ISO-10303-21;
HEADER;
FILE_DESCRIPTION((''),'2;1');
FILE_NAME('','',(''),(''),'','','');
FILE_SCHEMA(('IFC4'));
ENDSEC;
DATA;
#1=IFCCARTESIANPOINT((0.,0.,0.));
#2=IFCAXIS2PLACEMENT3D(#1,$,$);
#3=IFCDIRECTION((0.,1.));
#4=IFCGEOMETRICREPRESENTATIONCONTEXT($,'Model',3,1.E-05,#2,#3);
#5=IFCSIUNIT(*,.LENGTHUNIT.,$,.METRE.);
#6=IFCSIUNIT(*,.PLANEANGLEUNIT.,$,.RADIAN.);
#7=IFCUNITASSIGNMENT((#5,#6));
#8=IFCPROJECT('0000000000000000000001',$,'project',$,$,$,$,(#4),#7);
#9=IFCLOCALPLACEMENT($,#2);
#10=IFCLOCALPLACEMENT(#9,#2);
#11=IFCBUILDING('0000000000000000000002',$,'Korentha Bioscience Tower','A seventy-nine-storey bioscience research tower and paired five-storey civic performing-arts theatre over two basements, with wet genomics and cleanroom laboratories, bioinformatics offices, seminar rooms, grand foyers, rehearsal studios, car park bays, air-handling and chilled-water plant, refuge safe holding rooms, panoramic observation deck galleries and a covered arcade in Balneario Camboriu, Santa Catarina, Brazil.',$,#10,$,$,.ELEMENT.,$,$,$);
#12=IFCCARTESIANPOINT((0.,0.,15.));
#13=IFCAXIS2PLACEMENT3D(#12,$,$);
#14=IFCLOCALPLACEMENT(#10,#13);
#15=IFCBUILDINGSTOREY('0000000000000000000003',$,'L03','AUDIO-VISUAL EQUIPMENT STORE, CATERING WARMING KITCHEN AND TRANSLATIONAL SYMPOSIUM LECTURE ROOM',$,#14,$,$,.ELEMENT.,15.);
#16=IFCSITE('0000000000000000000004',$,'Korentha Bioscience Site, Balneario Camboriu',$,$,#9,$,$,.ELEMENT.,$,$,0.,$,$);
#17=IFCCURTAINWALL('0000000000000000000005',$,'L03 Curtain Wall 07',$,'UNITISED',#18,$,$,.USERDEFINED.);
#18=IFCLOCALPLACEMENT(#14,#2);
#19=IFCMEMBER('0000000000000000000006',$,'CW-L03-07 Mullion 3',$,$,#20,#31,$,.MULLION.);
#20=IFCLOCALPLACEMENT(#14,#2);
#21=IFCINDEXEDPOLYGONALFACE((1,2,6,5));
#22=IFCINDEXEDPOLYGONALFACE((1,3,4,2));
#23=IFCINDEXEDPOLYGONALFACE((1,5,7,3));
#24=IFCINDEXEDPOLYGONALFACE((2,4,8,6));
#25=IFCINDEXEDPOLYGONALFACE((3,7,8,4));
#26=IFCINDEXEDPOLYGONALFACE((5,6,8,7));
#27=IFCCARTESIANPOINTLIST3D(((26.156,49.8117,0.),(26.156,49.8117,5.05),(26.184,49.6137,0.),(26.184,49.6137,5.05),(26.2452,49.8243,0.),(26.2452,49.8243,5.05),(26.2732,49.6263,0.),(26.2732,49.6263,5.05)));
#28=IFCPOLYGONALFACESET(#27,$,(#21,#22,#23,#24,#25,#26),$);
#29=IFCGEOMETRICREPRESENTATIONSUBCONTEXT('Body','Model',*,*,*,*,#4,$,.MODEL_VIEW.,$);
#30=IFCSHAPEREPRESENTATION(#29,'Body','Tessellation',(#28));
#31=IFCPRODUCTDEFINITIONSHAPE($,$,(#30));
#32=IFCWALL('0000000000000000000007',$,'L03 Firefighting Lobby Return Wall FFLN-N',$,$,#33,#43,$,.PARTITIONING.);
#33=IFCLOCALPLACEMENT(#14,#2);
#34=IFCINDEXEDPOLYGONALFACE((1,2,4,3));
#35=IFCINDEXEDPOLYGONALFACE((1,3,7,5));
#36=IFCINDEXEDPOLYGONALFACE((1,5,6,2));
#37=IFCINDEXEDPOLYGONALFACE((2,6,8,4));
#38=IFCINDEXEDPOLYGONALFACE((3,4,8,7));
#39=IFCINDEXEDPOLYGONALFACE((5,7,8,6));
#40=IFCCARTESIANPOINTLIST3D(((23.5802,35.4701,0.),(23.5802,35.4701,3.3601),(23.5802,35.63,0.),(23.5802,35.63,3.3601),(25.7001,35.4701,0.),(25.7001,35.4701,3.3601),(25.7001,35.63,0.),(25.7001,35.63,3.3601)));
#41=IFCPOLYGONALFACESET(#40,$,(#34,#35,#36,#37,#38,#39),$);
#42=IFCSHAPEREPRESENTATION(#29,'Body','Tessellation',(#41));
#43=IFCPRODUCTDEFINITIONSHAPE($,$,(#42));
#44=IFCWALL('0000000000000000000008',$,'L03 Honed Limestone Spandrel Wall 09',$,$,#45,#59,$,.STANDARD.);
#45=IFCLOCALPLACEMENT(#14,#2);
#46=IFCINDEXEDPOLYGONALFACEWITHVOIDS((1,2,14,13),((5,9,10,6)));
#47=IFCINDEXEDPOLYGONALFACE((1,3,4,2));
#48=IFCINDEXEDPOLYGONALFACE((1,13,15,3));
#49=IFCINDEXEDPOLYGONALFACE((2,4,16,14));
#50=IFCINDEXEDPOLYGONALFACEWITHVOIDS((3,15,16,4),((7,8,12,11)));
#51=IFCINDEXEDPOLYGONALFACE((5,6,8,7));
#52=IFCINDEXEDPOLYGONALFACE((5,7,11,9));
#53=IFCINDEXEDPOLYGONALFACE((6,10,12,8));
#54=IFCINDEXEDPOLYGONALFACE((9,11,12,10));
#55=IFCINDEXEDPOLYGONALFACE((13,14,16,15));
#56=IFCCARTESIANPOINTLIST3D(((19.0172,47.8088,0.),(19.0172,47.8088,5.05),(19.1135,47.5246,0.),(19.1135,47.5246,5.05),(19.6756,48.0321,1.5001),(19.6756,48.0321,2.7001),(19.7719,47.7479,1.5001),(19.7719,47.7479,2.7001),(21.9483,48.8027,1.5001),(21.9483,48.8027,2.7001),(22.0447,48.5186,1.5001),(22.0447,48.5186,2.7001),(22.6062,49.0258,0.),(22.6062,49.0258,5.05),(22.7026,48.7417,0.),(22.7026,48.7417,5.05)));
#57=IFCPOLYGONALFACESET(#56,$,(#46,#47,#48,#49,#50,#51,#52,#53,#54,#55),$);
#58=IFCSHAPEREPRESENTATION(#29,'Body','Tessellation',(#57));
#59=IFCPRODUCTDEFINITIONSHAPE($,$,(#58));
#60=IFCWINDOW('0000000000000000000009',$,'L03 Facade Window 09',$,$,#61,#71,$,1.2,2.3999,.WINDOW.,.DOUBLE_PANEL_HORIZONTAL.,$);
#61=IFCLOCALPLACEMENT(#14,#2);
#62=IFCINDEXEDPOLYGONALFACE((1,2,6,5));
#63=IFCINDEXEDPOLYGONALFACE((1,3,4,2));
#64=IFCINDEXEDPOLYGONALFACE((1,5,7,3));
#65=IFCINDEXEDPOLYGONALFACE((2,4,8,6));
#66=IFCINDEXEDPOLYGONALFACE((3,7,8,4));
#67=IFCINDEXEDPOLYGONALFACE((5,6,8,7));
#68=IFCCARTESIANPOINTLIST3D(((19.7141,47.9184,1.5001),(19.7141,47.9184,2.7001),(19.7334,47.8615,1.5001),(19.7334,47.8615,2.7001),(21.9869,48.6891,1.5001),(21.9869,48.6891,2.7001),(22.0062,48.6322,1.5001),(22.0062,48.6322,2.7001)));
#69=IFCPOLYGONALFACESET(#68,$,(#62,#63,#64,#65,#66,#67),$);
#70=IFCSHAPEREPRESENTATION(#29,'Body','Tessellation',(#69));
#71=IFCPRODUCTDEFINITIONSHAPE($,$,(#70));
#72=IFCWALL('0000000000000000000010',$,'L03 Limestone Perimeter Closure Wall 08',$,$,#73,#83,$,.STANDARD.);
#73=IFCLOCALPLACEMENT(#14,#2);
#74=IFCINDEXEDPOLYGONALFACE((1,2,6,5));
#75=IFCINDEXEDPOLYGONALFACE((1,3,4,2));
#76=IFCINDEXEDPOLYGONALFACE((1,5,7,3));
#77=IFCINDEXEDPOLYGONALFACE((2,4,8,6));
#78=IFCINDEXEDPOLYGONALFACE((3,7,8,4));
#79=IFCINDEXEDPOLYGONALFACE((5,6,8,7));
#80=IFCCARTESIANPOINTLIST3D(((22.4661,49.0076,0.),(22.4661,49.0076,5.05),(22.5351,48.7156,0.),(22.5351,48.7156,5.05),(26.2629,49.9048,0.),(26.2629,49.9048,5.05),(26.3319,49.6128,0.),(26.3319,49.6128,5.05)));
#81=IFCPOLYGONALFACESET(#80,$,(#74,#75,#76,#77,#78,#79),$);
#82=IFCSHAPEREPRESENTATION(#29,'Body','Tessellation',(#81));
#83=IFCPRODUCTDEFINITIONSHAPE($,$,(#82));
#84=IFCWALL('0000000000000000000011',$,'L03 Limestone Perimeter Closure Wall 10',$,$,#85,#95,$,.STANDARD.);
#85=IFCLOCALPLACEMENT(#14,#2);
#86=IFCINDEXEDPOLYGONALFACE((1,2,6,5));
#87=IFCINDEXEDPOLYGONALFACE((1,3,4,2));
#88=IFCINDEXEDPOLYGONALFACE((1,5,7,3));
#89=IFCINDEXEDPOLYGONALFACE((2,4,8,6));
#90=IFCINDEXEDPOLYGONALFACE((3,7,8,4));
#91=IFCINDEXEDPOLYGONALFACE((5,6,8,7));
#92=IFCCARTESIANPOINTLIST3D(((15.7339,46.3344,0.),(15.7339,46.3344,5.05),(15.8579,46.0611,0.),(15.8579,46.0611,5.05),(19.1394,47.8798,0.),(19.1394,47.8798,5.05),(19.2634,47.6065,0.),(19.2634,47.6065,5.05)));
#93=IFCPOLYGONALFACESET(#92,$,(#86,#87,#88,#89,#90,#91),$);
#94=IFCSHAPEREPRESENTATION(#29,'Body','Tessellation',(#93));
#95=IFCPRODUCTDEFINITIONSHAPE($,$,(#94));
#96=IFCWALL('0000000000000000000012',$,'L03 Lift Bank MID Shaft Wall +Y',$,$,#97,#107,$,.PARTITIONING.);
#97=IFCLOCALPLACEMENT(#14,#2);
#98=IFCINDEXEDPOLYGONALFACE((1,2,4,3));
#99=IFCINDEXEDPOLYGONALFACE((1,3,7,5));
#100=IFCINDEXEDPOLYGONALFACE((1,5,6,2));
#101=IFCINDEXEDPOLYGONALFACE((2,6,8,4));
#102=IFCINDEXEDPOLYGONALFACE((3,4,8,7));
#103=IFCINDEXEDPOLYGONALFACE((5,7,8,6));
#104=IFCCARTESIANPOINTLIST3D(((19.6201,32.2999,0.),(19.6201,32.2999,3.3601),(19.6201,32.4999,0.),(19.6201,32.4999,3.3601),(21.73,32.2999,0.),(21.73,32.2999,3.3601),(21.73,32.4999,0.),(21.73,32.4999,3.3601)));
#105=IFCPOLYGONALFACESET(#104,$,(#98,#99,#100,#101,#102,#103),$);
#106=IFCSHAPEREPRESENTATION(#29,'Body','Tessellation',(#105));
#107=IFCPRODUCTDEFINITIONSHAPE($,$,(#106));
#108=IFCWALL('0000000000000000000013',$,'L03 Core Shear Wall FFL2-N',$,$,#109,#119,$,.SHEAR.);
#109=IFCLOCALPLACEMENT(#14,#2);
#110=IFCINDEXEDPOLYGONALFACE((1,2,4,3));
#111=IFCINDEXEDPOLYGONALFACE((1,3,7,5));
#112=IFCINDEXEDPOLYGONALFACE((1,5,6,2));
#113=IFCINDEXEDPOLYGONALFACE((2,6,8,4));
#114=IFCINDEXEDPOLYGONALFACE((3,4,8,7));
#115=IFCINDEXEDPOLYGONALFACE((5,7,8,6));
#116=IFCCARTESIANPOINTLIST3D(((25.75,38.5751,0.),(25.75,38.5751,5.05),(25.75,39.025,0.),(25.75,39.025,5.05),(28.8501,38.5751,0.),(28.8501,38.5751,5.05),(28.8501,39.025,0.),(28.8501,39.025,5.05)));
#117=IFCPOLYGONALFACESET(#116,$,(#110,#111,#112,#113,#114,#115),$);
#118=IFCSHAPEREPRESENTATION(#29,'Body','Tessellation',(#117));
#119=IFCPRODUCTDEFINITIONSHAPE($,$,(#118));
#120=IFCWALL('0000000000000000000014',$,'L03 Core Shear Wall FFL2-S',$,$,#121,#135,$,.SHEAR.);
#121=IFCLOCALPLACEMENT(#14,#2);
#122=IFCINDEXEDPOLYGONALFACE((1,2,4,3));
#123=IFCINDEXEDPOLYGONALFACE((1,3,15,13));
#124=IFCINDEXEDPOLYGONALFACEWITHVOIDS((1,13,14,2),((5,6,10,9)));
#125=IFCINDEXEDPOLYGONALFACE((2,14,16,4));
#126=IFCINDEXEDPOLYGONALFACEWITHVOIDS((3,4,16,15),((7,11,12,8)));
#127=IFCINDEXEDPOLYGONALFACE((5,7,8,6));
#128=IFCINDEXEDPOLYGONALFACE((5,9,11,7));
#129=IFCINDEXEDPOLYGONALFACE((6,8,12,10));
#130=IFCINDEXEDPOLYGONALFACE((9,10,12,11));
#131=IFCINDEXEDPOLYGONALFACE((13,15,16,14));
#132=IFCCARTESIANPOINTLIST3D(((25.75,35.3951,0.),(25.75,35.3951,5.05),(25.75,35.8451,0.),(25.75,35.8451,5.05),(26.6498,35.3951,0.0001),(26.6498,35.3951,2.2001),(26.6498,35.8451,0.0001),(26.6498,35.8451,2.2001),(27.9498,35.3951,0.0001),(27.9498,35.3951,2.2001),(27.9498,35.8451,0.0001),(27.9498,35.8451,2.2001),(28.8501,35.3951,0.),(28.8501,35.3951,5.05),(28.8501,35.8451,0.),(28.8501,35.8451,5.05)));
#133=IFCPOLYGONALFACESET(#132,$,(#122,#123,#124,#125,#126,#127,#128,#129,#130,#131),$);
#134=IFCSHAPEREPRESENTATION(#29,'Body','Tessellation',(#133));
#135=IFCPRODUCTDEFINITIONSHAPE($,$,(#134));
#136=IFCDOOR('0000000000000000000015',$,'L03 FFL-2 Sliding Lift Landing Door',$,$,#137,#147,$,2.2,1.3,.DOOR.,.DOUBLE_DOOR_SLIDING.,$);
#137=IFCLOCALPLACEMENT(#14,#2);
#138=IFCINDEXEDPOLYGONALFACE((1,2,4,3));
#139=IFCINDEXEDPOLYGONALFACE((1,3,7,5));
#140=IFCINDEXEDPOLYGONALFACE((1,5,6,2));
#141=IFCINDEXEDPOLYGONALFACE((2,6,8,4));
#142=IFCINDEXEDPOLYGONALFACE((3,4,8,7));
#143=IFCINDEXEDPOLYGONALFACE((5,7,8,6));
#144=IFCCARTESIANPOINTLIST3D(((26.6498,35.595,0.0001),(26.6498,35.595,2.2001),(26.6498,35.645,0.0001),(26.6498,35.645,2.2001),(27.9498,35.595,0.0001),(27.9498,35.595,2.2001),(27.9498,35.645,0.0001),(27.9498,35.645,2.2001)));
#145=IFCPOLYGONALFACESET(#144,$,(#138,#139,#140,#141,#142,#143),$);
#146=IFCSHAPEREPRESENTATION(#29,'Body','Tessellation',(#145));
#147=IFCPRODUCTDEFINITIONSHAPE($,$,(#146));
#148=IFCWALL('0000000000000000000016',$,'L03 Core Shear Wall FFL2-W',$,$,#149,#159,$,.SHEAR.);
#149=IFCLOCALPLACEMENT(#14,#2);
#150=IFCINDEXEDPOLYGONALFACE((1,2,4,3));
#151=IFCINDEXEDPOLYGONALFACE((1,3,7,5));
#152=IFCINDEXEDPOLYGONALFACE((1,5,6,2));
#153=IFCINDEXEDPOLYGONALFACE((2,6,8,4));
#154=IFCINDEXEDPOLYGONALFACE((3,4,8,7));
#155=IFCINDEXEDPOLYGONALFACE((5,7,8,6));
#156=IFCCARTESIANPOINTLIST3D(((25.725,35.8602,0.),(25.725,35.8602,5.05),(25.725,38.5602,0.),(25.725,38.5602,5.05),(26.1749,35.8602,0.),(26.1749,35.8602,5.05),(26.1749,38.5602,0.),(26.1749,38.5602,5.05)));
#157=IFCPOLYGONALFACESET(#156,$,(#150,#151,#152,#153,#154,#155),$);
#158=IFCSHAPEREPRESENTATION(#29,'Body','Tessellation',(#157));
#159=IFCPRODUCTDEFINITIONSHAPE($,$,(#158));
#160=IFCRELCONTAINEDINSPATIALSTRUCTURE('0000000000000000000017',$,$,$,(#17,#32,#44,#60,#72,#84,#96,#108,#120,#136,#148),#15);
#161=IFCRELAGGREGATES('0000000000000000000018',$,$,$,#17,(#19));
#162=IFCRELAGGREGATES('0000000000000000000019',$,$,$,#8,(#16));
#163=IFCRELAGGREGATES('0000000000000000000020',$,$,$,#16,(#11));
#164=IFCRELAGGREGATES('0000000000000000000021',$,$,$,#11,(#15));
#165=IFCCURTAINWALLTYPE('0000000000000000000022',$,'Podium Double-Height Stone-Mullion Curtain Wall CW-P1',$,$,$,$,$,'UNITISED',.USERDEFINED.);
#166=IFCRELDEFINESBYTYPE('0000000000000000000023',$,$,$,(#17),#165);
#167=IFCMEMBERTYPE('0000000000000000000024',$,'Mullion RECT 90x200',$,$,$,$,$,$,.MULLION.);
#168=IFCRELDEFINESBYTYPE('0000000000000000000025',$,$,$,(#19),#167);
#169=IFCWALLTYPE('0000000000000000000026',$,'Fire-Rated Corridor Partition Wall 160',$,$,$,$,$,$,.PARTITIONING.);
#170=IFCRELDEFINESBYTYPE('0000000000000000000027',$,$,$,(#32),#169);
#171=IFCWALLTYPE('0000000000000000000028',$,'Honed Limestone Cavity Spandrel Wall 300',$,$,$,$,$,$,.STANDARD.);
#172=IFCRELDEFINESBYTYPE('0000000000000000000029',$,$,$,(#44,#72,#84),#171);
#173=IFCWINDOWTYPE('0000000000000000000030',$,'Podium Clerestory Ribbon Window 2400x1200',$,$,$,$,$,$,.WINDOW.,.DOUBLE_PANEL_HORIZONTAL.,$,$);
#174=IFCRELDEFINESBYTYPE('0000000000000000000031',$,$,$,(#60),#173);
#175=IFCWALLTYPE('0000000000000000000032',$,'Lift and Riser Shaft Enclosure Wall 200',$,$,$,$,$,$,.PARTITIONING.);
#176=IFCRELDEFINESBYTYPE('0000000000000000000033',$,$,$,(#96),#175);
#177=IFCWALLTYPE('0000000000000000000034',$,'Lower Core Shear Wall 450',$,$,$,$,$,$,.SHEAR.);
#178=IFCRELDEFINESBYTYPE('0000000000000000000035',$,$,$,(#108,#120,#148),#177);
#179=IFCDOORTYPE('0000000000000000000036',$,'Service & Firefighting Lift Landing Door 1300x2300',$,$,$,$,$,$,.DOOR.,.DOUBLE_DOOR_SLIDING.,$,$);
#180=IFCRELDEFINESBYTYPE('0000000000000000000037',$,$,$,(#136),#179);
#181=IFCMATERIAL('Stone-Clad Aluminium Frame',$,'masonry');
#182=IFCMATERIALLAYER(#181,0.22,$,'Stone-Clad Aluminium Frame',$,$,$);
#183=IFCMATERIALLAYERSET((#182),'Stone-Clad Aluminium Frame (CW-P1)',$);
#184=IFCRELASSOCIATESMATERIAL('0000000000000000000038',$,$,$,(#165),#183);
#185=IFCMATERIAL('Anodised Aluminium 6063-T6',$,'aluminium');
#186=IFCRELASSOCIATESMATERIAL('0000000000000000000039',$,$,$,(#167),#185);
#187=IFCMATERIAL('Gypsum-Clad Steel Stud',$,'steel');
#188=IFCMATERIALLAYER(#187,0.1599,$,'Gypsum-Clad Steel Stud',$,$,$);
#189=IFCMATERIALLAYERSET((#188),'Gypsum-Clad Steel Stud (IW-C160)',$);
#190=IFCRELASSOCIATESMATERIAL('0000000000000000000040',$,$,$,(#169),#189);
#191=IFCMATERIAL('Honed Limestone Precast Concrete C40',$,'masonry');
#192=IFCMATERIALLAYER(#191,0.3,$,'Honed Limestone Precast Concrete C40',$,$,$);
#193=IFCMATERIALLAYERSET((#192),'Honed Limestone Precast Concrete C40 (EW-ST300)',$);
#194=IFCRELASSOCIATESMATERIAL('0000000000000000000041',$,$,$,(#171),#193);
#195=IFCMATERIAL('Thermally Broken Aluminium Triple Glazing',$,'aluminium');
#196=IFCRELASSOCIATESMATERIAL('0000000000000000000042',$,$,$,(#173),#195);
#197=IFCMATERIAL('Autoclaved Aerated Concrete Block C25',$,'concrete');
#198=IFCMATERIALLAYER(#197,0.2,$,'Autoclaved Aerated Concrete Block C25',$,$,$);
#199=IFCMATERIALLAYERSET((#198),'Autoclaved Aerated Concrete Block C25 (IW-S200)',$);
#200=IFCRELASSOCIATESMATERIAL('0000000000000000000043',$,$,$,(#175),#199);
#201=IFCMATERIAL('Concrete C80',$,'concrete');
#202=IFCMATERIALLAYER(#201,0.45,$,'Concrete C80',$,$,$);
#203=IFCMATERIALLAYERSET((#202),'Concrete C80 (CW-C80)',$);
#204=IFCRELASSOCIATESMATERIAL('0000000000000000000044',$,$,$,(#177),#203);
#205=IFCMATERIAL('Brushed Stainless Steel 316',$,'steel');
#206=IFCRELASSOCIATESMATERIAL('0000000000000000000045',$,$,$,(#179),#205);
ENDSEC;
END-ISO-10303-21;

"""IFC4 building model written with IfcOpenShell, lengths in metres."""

from ifc_helpers import new_model, si_unit, direction, frame, frame_2d, origin, origin_2d, place, context, subcontext, project, spatial, rectangle, extrude, material, layer, layer_set, material_profile, profile_set, type_object, element, fill, aggregate, save


model = new_model("IFC4")

# Units and contexts
model_context = context("Model", 3, precision=1e-05, world=origin(), true_north=direction((0.0, 1.0)))
body_context = subcontext(model_context, "Body", "Model", "MODEL_VIEW")
ifc_project = project(units=[si_unit("LENGTHUNIT", "METRE"), si_unit("PLANEANGLEUNIT", "RADIAN")], contexts=[model_context])

# Site, building, storey
site_placement = place(None, origin())
site = spatial("IfcSite", under=ifc_project, at=site_placement, Name="Korentha Bioscience Site, Balneario Camboriu", CompositionType="ELEMENT", RefElevation=0.0)
building_placement = place(site_placement, origin())
building = spatial("IfcBuilding", under=site, at=building_placement, Name="Korentha Bioscience Tower", Description="A seventy-nine-storey bioscience research tower and paired five-storey civic performing-arts theatre over two basements, with wet genomics and cleanroom laboratories, bioinformatics offices, seminar rooms, grand foyers, rehearsal studios, car park bays, air-handling and chilled-water plant, refuge safe holding rooms, panoramic observation deck galleries and a covered arcade in Balneario Camboriu, Santa Catarina, Brazil.", CompositionType="ELEMENT")
storey_placement = place(building_placement, frame((0.0, 0.0, 15.0)))
storey = spatial("IfcBuildingStorey", under=building, at=storey_placement, Name="L03", Description="AUDIO-VISUAL EQUIPMENT STORE, CATERING WARMING KITCHEN AND TRANSLATIONAL SYMPOSIUM LECTURE ROOM", CompositionType="ELEMENT", Elevation=15.0)

# Shared definitions
ifc_material_1 = material(Name="Concrete C80", Category="concrete")

# Curtain wall, member
ifc_material_2 = material(Name="Stone-Clad Aluminium Frame", Category="masonry")
ifc_layer_1 = layer(ifc_material_2, 0.22, Name="Stone-Clad Aluminium Frame")
ifc_layer_set_1 = layer_set([ifc_layer_1], Name="Stone-Clad Aluminium Frame (CW-P1)")
curtain_wall_type = type_object("IfcCurtainWallType", Name="Podium Double-Height Stone-Mullion Curtain Wall CW-P1", ElementType="UNITISED", PredefinedType="USERDEFINED", material=ifc_layer_set_1)
curtain_wall_placement = place(storey_placement, origin())
curtain_wall = element("IfcCurtainWall", 1, at=curtain_wall_placement, inside=storey, type_object=curtain_wall_type, Name="L03 Curtain Wall 07", ObjectType="UNITISED", PredefinedType="USERDEFINED")
ifc_material_3 = material(Name="Anodised Aluminium 6063-T6", Category="aluminium")
ifc_material_profile_1 = material_profile(ifc_material_3, rectangle(XDim=0.0901, YDim=0.2, at=origin_2d()), Name="Anodised Aluminium 6063-T6")
ifc_profile_set_1 = profile_set([ifc_material_profile_1], Name="Anodised Aluminium 6063-T6 (CW-MUL)")
member_type = type_object("IfcMemberType", Name="Mullion RECT 90x200", PredefinedType="MULLION", material=ifc_profile_set_1)
member_placement = place(storey_placement, frame((26.2146, 49.719, 0.0), z_axis=(0.0, 0.0, 1.0), x_axis=(-0.990167, -0.139888, 0.0)))
member = element("IfcMember", 2, at=member_placement, type_object=member_type, Name="CW-L03-07 Mullion 3", PredefinedType="MULLION", context=body_context, shape_type="SweptSolid", body=[
    extrude(rectangle(XDim=0.0901, YDim=0.2, at=origin_2d()), origin(), (0.0, 0.0, 1.0), 5.05),
])
aggregate(curtain_wall, [member])

# Wall
ifc_material_4 = material(Name="Gypsum-Clad Steel Stud", Category="steel")
ifc_layer_2 = layer(ifc_material_4, 0.1599, Name="Gypsum-Clad Steel Stud")
ifc_layer_set_2 = layer_set([ifc_layer_2], Name="Gypsum-Clad Steel Stud (IW-C160)")
wall_type_1 = type_object("IfcWallType", Name="Fire-Rated Corridor Partition Wall 160", PredefinedType="PARTITIONING", material=ifc_layer_set_2)
wall_1_placement = place(storey_placement, frame((23.5801, 35.55, 0.0), z_axis=(0.0, 0.0, 1.0), x_axis=(1.0, 0.0, 0.0)))
element("IfcWall", 3, at=wall_1_placement, inside=storey, type_object=wall_type_1, Name="L03 Firefighting Lobby Return Wall FFLN-N", PredefinedType="PARTITIONING", context=body_context, shape_type="SweptSolid", body=[
    extrude(rectangle(XDim=2.1199, YDim=0.1599, at=frame_2d((1.0601, 0.0))), origin(), (0.0, 0.0, 1.0), 3.3601),
])

# Wall, opening, window
ifc_material_5 = material(Name="Honed Limestone Precast Concrete C40", Category="masonry")
ifc_layer_3 = layer(ifc_material_5, 0.3, Name="Honed Limestone Precast Concrete C40")
ifc_layer_set_3 = layer_set([ifc_layer_3], Name="Honed Limestone Precast Concrete C40 (EW-ST300)")
wall_type_2 = type_object("IfcWallType", Name="Honed Limestone Cavity Spandrel Wall 300", PredefinedType="STANDARD", material=ifc_layer_set_3)
wall_2_placement = place(storey_placement, frame((22.6545, 48.8838, 0.0), z_axis=(0.0, 0.0, 1.0), x_axis=(-0.947034, -0.321132, 0.0)))
wall_2 = element("IfcWall", 4, at=wall_2_placement, inside=storey, type_object=wall_type_2, Name="L03 Honed Limestone Spandrel Wall 09", PredefinedType="STANDARD", context=body_context, shape_type="SweptSolid", body=[
    extrude(rectangle(XDim=3.7898, YDim=0.3, at=frame_2d((1.895, 0.0))), origin(), (0.0, 0.0, 1.0), 5.05),
])
opening_1_placement = place(wall_2_placement, frame((0.6948, 0.0, 1.5)))
opening_1 = element("IfcOpeningElement", 5, at=opening_1_placement, cuts=wall_2, PredefinedType="OPENING", context=body_context, shape_type="SweptSolid", body=[
    extrude(rectangle(XDim=2.3999, YDim=1.2, at=frame_2d((1.2, 0.6001))), frame((0.0, 0.165, 0.0), z_axis=(0.0, -1.0, 0.0), x_axis=(1.0, 0.0, 0.0)), (0.0, 0.0, 1.0), 0.3298),
])
ifc_material_6 = material(Name="Thermally Broken Aluminium Triple Glazing", Category="aluminium")
window_type = type_object("IfcWindowType", Name="Podium Clerestory Ribbon Window 2400x1200", PartitioningType="DOUBLE_PANEL_HORIZONTAL", PredefinedType="WINDOW", material=ifc_material_6)
window_placement = place(opening_1_placement, origin())
window = element("IfcWindow", 6, at=window_placement, inside=storey, type_object=window_type, Name="L03 Facade Window 09", OverallHeight=1.2, OverallWidth=2.3999, PartitioningType="DOUBLE_PANEL_HORIZONTAL", PredefinedType="WINDOW", context=body_context, shape_type="SweptSolid", body=[
    extrude(rectangle(XDim=2.3999, YDim=1.2, at=frame_2d((1.2, 0.6001))), frame((0.0, 0.03, 0.0), z_axis=(0.0, -1.0, 0.0), x_axis=(1.0, 0.0, 0.0)), (0.0, 0.0, 1.0), 0.0601),
])
fill(opening_1, window)

# Walls
wall_3_placement = place(storey_placement, frame((26.2974, 49.7588, 0.0), z_axis=(0.0, 0.0, 1.0), x_axis=(-0.973198, -0.22997, 0.0)))
element("IfcWall", 7, at=wall_3_placement, inside=storey, type_object=wall_type_2, Name="L03 Limestone Perimeter Closure Wall 08", PredefinedType="STANDARD", context=body_context, shape_type="SweptSolid", body=[
    extrude(rectangle(XDim=3.9014, YDim=0.3, at=frame_2d((1.9507, 0.0))), origin(), (0.0, 0.0, 1.0), 5.05),
])
wall_4_placement = place(storey_placement, frame((19.2014, 47.7432, 0.0), z_axis=(0.0, 0.0, 1.0), x_axis=(-0.910623, -0.413237, 0.0)))
element("IfcWall", 8, at=wall_4_placement, inside=storey, type_object=wall_type_2, Name="L03 Limestone Perimeter Closure Wall 10", PredefinedType="STANDARD", context=body_context, shape_type="SweptSolid", body=[
    extrude(rectangle(XDim=3.7397, YDim=0.3, at=frame_2d((1.8699, 0.0))), origin(), (0.0, 0.0, 1.0), 5.05),
])
ifc_material_7 = material(Name="Autoclaved Aerated Concrete Block C25", Category="concrete")
ifc_layer_4 = layer(ifc_material_7, 0.2, Name="Autoclaved Aerated Concrete Block C25")
ifc_layer_set_4 = layer_set([ifc_layer_4], Name="Autoclaved Aerated Concrete Block C25 (IW-S200)")
wall_type_3 = type_object("IfcWallType", Name="Lift and Riser Shaft Enclosure Wall 200", PredefinedType="PARTITIONING", material=ifc_layer_set_4)
wall_5_placement = place(storey_placement, frame((19.6201, 32.3999, 0.0), z_axis=(0.0, 0.0, 1.0), x_axis=(1.0, 0.0, 0.0)))
element("IfcWall", 9, at=wall_5_placement, inside=storey, type_object=wall_type_3, Name="L03 Lift Bank MID Shaft Wall +Y", PredefinedType="PARTITIONING", context=body_context, shape_type="SweptSolid", body=[
    extrude(rectangle(XDim=2.1099, YDim=0.2, at=frame_2d((1.0549, 0.0))), origin(), (0.0, 0.0, 1.0), 3.3601),
])
ifc_layer_5 = layer(ifc_material_1, 0.45, Name="Concrete C80")
ifc_layer_set_5 = layer_set([ifc_layer_5], Name="Concrete C80 (CW-C80)")
wall_type_4 = type_object("IfcWallType", Name="Lower Core Shear Wall 450", PredefinedType="SHEAR", material=ifc_layer_set_5)
wall_6_placement = place(storey_placement, frame((25.75, 38.8, 0.0), z_axis=(0.0, 0.0, 1.0), x_axis=(1.0, 0.0, 0.0)))
element("IfcWall", 10, at=wall_6_placement, inside=storey, type_object=wall_type_4, Name="L03 Core Shear Wall FFL2-N", PredefinedType="SHEAR", context=body_context, shape_type="SweptSolid", body=[
    extrude(rectangle(XDim=3.1001, YDim=0.45, at=frame_2d((1.55, 0.0))), origin(), (0.0, 0.0, 1.0), 5.05),
])

# Wall, opening, door
wall_7_placement = place(storey_placement, frame((25.75, 35.6201, 0.0), z_axis=(0.0, 0.0, 1.0), x_axis=(1.0, 0.0, 0.0)))
wall_7 = element("IfcWall", 11, at=wall_7_placement, inside=storey, type_object=wall_type_4, Name="L03 Core Shear Wall FFL2-S", PredefinedType="SHEAR", context=body_context, shape_type="SweptSolid", body=[
    extrude(rectangle(XDim=3.1001, YDim=0.45, at=frame_2d((1.55, 0.0))), origin(), (0.0, 0.0, 1.0), 5.05),
])
opening_2_placement = place(wall_7_placement, frame((0.8999, 0.0, 0.0)))
opening_2 = element("IfcOpeningElement", 12, at=opening_2_placement, cuts=wall_7, PredefinedType="OPENING", context=body_context, shape_type="SweptSolid", body=[
    extrude(rectangle(XDim=1.3, YDim=2.2, at=frame_2d((0.6499, 1.1001))), frame((0.0, 0.2397, 0.0), z_axis=(0.0, -1.0, 0.0), x_axis=(1.0, 0.0, 0.0)), (0.0, 0.0, 1.0), 0.4797),
])
ifc_material_8 = material(Name="Brushed Stainless Steel 316", Category="steel")
door_type = type_object("IfcDoorType", Name="Service & Firefighting Lift Landing Door 1300x2300", OperationType="DOUBLE_DOOR_SLIDING", PredefinedType="DOOR", material=ifc_material_8)
door_placement = place(opening_2_placement, origin())
door = element("IfcDoor", 13, at=door_placement, inside=storey, type_object=door_type, Name="L03 FFL-2 Sliding Lift Landing Door", OperationType="DOUBLE_DOOR_SLIDING", OverallHeight=2.2, OverallWidth=1.3, PredefinedType="DOOR", context=body_context, shape_type="SweptSolid", body=[
    extrude(rectangle(XDim=1.3, YDim=2.2, at=frame_2d((0.6499, 1.1001))), frame((0.0, 0.0249, 0.0), z_axis=(0.0, -1.0, 0.0), x_axis=(1.0, 0.0, 0.0)), (0.0, 0.0, 1.0), 0.05),
])
fill(opening_2, door)

# Wall
wall_8_placement = place(storey_placement, frame((25.95, 35.8601, 0.0), z_axis=(0.0, 0.0, 1.0), x_axis=(0.0, 1.0, 0.0)))
element("IfcWall", 14, at=wall_8_placement, inside=storey, type_object=wall_type_4, Name="L03 Core Shear Wall FFL2-W", PredefinedType="SHEAR", context=body_context, shape_type="SweptSolid", body=[
    extrude(rectangle(XDim=2.7, YDim=0.45, at=frame_2d((1.3501, 0.0))), origin(), (0.0, 0.0, 1.0), 5.05),
])

save(model, "model.ifc")
